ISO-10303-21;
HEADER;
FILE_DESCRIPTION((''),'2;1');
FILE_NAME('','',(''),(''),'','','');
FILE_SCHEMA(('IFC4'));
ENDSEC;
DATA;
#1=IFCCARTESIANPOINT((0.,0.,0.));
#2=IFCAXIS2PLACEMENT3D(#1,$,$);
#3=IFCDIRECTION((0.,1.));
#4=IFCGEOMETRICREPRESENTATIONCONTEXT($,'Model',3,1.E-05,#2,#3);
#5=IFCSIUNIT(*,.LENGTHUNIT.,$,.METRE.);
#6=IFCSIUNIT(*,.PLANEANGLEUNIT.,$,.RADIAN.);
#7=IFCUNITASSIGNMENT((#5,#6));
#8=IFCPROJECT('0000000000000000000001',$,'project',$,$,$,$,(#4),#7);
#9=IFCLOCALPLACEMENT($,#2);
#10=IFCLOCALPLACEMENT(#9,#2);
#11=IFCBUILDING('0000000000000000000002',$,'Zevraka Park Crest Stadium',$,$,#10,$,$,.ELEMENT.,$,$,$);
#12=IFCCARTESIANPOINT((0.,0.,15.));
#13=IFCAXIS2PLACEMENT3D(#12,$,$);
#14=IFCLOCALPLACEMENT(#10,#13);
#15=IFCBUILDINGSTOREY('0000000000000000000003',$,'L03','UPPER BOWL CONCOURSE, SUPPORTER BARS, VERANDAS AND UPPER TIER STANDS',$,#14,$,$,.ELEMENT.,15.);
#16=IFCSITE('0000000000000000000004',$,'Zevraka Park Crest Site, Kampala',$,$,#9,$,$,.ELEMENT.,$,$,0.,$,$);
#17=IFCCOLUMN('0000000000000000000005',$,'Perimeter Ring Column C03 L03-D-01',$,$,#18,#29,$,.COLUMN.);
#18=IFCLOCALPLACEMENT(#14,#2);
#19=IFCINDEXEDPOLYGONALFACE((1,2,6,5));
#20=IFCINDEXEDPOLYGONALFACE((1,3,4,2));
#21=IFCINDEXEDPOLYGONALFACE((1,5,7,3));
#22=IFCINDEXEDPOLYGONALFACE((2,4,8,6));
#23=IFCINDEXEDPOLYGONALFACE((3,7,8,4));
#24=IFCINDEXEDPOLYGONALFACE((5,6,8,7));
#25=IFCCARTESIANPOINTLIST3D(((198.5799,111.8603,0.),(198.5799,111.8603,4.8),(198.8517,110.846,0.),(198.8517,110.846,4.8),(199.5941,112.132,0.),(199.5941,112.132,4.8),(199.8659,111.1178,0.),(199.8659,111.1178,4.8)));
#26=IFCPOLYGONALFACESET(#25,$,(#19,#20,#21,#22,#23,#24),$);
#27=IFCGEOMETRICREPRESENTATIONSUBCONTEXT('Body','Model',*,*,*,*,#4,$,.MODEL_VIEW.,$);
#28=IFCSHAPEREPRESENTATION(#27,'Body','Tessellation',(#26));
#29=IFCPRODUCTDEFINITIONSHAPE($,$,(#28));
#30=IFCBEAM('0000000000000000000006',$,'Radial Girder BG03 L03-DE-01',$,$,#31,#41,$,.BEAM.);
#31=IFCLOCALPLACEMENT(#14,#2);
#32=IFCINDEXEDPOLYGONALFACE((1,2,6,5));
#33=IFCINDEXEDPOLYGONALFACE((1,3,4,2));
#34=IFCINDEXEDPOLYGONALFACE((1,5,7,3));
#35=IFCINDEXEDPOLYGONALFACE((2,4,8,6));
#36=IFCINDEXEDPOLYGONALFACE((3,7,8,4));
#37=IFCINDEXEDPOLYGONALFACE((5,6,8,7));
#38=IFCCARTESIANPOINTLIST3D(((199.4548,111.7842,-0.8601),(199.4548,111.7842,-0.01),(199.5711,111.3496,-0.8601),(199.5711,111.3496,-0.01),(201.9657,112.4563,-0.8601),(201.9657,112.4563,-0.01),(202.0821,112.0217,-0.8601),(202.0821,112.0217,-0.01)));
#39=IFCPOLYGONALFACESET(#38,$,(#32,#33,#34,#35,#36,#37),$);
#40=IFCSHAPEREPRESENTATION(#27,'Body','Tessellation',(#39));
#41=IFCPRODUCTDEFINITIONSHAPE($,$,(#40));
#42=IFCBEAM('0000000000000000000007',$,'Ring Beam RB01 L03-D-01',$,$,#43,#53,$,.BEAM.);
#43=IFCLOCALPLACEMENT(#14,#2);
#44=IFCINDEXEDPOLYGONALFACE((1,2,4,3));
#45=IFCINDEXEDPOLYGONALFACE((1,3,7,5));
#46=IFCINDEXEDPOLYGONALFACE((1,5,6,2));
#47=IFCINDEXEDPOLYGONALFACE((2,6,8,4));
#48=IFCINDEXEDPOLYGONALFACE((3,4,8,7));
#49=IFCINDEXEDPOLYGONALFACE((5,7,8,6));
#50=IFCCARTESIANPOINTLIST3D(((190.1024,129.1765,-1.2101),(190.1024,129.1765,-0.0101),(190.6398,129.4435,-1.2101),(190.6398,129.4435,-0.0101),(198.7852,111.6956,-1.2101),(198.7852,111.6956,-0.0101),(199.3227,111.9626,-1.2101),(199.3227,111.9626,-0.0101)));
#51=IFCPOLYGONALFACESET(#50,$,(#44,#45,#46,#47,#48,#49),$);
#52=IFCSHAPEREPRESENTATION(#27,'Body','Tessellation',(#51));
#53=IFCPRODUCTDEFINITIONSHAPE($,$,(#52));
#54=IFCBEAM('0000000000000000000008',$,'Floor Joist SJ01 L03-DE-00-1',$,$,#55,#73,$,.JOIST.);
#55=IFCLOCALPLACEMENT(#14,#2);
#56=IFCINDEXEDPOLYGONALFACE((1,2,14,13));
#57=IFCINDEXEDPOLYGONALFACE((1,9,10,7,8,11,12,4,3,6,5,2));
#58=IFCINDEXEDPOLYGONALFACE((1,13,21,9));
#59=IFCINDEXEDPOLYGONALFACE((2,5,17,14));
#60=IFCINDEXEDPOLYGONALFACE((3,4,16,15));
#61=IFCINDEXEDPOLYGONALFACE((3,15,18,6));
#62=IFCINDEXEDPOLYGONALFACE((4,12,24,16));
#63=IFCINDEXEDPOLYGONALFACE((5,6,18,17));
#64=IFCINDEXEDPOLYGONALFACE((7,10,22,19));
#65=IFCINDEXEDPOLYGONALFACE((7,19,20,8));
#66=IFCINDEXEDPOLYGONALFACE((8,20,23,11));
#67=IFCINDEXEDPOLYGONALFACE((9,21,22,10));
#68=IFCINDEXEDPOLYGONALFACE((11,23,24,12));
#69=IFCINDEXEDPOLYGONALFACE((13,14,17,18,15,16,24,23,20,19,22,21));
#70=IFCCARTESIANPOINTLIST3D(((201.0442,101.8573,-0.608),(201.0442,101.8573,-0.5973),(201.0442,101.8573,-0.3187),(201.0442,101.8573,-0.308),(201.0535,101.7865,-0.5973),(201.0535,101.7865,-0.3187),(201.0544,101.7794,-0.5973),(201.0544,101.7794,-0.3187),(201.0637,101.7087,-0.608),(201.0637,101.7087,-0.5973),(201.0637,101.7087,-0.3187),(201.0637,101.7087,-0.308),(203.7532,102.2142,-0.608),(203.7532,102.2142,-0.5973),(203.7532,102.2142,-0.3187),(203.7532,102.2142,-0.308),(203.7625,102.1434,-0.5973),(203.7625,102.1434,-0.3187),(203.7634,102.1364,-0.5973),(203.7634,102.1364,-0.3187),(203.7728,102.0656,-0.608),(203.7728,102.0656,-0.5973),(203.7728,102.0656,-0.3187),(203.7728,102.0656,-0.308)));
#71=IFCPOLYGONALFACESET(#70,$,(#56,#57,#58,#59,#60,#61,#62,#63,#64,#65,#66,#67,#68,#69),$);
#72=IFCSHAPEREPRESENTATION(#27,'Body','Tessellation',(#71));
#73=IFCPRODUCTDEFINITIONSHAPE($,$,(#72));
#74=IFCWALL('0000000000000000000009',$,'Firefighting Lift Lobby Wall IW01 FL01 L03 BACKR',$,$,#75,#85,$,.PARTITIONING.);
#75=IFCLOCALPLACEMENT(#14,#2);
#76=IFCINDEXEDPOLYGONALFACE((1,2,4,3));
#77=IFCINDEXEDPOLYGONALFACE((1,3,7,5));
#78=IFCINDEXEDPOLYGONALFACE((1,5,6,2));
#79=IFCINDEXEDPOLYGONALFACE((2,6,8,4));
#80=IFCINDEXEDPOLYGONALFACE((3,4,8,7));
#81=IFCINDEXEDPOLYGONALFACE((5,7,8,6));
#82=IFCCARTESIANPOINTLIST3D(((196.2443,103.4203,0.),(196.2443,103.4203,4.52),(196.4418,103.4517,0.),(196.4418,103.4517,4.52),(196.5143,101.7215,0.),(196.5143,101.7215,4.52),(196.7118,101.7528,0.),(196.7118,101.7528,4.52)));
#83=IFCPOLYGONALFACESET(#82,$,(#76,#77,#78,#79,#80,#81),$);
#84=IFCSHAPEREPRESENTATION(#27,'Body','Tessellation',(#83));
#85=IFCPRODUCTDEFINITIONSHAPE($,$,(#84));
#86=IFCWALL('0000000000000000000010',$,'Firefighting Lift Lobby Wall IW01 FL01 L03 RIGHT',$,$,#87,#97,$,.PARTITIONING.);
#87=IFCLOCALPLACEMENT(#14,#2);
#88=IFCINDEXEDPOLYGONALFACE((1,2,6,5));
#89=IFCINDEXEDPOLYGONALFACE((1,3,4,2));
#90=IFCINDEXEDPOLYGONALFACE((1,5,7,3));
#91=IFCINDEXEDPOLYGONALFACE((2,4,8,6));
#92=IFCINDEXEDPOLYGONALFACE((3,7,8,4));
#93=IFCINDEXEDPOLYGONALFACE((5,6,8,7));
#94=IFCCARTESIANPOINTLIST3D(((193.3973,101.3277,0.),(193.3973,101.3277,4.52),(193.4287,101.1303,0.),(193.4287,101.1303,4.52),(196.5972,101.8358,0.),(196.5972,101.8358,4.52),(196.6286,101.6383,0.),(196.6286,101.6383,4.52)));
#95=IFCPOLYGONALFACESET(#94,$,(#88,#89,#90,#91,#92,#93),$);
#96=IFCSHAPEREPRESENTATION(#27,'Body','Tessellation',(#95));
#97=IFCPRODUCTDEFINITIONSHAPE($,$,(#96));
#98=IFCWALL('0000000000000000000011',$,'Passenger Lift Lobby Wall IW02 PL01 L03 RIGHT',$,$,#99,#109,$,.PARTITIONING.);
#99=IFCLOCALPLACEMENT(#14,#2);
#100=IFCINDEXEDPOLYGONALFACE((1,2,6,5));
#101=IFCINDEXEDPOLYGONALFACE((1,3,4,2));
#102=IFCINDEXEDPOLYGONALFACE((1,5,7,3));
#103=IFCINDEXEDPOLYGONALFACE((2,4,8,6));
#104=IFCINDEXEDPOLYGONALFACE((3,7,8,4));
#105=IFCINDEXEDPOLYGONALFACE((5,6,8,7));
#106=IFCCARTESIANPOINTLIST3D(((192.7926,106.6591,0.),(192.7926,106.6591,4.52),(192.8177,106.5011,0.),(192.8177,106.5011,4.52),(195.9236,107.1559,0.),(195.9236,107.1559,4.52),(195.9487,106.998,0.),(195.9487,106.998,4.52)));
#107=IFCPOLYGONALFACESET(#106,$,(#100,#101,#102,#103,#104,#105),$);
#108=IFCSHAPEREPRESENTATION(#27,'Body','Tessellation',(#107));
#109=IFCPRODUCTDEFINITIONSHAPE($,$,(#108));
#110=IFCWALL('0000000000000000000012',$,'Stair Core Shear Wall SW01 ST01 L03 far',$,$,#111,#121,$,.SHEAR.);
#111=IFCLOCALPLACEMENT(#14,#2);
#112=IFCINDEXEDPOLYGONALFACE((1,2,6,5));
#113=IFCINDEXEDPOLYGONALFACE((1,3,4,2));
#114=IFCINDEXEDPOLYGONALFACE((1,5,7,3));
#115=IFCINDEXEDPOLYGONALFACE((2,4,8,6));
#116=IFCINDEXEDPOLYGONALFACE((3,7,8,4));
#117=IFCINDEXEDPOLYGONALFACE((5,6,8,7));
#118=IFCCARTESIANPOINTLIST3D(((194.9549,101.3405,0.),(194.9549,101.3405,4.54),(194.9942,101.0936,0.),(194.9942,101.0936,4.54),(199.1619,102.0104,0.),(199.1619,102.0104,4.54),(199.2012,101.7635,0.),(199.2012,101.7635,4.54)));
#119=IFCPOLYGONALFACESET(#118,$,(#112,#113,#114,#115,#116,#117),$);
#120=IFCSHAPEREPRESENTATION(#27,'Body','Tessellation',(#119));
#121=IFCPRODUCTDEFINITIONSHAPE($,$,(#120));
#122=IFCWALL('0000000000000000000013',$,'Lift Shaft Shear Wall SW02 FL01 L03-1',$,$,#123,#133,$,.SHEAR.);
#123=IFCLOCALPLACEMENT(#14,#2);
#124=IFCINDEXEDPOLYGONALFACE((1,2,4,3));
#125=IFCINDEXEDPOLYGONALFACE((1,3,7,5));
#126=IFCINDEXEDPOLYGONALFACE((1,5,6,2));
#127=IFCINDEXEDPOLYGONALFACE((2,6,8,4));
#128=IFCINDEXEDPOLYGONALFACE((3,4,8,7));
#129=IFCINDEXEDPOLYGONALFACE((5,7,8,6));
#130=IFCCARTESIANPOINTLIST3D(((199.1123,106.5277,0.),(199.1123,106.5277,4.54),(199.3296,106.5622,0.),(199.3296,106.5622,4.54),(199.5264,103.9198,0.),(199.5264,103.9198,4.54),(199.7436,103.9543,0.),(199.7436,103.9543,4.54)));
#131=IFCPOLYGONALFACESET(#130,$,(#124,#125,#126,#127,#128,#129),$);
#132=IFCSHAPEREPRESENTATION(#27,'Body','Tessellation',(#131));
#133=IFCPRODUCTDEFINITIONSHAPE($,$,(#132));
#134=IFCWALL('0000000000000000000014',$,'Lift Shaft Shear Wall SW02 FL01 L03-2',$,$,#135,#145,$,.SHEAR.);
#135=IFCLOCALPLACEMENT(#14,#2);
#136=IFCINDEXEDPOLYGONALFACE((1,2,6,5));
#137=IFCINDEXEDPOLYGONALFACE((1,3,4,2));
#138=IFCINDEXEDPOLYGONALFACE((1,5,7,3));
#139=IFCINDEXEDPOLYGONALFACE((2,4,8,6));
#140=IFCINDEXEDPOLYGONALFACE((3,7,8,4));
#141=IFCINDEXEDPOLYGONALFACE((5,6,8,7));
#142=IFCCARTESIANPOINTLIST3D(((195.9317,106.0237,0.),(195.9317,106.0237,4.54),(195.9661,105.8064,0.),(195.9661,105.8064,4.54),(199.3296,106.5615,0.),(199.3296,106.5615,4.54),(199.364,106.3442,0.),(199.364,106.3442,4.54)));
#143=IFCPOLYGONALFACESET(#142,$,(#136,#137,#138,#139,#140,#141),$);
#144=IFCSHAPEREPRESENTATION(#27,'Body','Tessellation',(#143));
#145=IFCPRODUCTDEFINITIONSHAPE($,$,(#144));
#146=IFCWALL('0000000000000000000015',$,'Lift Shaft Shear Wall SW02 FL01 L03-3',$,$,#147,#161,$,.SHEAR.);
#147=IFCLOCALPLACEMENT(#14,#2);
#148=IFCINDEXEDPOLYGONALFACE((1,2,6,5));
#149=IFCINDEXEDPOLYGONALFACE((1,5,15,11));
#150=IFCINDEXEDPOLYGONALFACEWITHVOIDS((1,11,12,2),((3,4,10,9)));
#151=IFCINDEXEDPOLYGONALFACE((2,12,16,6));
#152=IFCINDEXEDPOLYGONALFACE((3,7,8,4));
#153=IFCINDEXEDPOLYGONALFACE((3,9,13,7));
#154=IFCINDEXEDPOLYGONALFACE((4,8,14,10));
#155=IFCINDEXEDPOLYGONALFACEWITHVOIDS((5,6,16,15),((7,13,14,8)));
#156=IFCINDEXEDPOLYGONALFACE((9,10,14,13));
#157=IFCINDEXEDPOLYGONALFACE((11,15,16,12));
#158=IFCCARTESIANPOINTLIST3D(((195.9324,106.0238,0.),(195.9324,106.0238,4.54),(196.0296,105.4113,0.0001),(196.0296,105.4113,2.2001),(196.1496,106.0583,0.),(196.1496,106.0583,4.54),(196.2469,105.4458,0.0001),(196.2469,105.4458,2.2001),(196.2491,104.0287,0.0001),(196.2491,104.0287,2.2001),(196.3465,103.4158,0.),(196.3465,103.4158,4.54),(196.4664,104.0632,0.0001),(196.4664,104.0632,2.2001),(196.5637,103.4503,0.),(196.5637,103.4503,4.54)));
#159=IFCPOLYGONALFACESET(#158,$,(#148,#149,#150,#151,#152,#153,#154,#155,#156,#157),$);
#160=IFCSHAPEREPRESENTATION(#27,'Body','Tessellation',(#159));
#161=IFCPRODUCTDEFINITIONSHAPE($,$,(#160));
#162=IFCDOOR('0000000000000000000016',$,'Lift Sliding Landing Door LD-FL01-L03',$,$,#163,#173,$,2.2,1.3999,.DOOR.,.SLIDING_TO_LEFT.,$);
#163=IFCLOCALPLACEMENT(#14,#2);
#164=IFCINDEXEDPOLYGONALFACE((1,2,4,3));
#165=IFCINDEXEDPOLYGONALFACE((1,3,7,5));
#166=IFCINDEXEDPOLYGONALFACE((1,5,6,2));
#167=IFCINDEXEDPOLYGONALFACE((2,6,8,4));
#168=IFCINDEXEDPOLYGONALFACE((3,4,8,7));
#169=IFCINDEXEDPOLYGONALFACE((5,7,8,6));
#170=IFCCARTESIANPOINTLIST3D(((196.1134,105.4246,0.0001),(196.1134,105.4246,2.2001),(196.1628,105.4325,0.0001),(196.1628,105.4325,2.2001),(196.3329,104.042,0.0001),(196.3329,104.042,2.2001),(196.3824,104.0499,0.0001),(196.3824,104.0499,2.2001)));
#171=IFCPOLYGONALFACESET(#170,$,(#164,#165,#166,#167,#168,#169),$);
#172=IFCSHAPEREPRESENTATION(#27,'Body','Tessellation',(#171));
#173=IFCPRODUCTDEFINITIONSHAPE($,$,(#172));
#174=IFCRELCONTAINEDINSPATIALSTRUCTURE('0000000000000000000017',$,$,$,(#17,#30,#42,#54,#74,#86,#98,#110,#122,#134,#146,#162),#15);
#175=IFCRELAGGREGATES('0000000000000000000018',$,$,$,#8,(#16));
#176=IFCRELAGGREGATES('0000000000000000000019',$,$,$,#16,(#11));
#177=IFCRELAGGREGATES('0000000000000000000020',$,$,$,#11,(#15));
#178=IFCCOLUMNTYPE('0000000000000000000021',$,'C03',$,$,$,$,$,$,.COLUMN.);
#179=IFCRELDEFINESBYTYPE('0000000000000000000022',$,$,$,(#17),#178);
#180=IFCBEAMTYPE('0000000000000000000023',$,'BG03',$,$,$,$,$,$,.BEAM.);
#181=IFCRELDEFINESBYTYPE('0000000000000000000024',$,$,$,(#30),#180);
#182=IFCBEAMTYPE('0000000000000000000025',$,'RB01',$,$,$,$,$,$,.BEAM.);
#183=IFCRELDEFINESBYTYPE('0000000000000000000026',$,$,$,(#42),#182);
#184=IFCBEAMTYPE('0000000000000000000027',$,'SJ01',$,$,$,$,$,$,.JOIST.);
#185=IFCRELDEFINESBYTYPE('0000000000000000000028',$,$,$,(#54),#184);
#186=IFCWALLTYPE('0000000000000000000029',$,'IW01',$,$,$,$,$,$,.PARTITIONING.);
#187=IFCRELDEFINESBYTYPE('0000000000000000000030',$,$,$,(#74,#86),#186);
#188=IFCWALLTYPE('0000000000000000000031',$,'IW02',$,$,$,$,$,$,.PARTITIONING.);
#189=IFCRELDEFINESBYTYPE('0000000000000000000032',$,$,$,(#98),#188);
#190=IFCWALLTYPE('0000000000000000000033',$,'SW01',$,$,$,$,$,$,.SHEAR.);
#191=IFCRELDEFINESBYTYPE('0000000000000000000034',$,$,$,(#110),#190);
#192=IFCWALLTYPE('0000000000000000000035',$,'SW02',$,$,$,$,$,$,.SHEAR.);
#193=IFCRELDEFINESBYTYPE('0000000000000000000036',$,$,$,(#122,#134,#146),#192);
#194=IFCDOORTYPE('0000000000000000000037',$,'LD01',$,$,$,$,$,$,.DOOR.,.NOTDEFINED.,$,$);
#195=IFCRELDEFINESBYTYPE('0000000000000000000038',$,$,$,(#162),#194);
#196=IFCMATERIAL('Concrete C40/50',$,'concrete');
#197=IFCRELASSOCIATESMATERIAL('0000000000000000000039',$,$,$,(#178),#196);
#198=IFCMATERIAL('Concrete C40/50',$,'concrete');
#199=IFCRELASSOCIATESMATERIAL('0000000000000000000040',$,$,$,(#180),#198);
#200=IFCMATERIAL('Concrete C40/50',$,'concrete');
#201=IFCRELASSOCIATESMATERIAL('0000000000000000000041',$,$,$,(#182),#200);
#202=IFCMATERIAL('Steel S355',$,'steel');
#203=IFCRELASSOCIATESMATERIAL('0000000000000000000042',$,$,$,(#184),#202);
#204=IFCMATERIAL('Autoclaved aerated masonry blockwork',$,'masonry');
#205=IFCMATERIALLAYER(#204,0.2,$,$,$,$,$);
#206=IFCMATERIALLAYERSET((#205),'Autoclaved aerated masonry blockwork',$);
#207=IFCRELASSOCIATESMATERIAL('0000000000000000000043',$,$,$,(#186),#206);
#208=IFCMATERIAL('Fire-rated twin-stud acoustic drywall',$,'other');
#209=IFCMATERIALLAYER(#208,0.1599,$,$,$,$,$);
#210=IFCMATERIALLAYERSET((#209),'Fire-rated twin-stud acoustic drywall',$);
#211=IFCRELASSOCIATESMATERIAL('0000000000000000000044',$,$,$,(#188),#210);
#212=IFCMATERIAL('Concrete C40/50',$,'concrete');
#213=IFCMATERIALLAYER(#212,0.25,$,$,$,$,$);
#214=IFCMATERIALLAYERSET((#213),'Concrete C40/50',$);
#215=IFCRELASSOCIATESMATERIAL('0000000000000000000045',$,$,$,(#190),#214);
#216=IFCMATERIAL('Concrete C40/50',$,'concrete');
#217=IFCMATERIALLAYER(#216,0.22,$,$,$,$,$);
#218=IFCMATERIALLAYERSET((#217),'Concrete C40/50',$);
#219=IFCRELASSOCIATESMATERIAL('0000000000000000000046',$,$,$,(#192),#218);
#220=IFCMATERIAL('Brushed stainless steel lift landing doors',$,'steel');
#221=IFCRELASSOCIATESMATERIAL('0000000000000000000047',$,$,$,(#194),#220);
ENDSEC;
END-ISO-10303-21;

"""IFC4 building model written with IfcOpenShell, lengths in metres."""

from ifc_helpers import new_model, si_unit, direction, frame, frame_2d, origin, origin_2d, place, context, subcontext, project, spatial, rectangle, i_section, extrude, material, layer, layer_set, material_profile, profile_set, type_object, element, fill, save


model = new_model("IFC4")

# Units and contexts
model_context = context("Model", 3, precision=1e-05, world=origin(), true_north=direction((0.0, 1.0)))
body_context = subcontext(model_context, "Body", "Model", "MODEL_VIEW")
ifc_project = project(units=[si_unit("LENGTHUNIT", "METRE"), si_unit("PLANEANGLEUNIT", "RADIAN")], contexts=[model_context])

# Site, building, storey
site_placement = place(None, origin())
site = spatial("IfcSite", under=ifc_project, at=site_placement, Name="Zevraka Park Crest Site, Kampala", CompositionType="ELEMENT", RefElevation=0.0)
building_placement = place(site_placement, origin())
building = spatial("IfcBuilding", under=site, at=building_placement, Name="Zevraka Park Crest Stadium", CompositionType="ELEMENT")
storey_placement = place(building_placement, frame((0.0, 0.0, 15.0)))
storey = spatial("IfcBuildingStorey", under=building, at=storey_placement, Name="L03", Description="UPPER BOWL CONCOURSE, SUPPORTER BARS, VERANDAS AND UPPER TIER STANDS", CompositionType="ELEMENT", Elevation=15.0)

# Column
ifc_material_1 = material(Name="Concrete C40/50", Category="concrete")
ifc_material_profile_1 = material_profile(ifc_material_1, rectangle(XDim=1.05, YDim=1.05, at=origin_2d()), Name="RC 1050x1050")
ifc_profile_set_1 = profile_set([ifc_material_profile_1], Name="Concrete C40/50")
column_type = type_object("IfcColumnType", Name="C03", PredefinedType="COLUMN", material=ifc_profile_set_1)
column_placement = place(storey_placement, frame((199.2229, 111.489, 0.0), z_axis=(0.0, 0.0, 1.0), x_axis=(0.965926, 0.258819, 0.0)))
element("IfcColumn", 1, at=column_placement, inside=storey, type_object=column_type, Name="Perimeter Ring Column C03 L03-D-01", PredefinedType="COLUMN", context=body_context, shape_type="SweptSolid", body=[
    extrude(rectangle(XDim=1.05, YDim=1.05, at=origin_2d()), origin(), (0.0, 0.0, 1.0), 4.8),
])

# Beams
ifc_material_2 = material(Name="Concrete C40/50", Category="concrete")
ifc_material_profile_2 = material_profile(ifc_material_2, rectangle(XDim=0.45, YDim=0.8501, at=origin_2d()), Name="RC 850x450")
ifc_profile_set_2 = profile_set([ifc_material_profile_2], Name="Concrete C40/50")
beam_type_1 = type_object("IfcBeamType", Name="BG03", PredefinedType="BEAM", material=ifc_profile_set_2)
beam_1_placement = place(storey_placement, frame((199.5129, 111.5669, -0.4351), z_axis=(0.965993, 0.258569, 0.0), x_axis=(-0.258569, 0.965993, 0.0)))
element("IfcBeam", 2, at=beam_1_placement, inside=storey, type_object=beam_type_1, Name="Radial Girder BG03 L03-DE-01", PredefinedType="BEAM", context=body_context, shape_type="SweptSolid", body=[
    extrude(rectangle(XDim=0.45, YDim=0.8501, at=origin_2d()), origin(), (0.0, 0.0, 1.0), 2.5994),
])
ifc_material_3 = material(Name="Concrete C40/50", Category="concrete")
ifc_material_profile_3 = material_profile(ifc_material_3, rectangle(XDim=0.6001, YDim=1.2, at=origin_2d()), Name="RC 1200x600")
ifc_profile_set_3 = profile_set([ifc_material_profile_3], Name="Concrete C40/50")
beam_type_2 = type_object("IfcBeamType", Name="RB01", PredefinedType="BEAM", material=ifc_profile_set_3)
beam_2_placement = place(storey_placement, frame((199.054, 111.8291, -0.6101), z_axis=(-0.444851, 0.895605, 0.0), x_axis=(-0.895605, -0.444851, 0.0)))
element("IfcBeam", 3, at=beam_2_placement, inside=storey, type_object=beam_type_2, Name="Ring Beam RB01 L03-D-01", PredefinedType="BEAM", context=body_context, shape_type="SweptSolid", body=[
    extrude(rectangle(XDim=0.6001, YDim=1.2, at=origin_2d()), origin(), (0.0, 0.0, 1.0), 19.5186),
])
ifc_material_4 = material(Name="Steel S355", Category="steel")
ifc_material_profile_4 = material_profile(ifc_material_4, i_section(OverallWidth=0.1499, OverallDepth=0.3, WebThickness=0.0071, FlangeThickness=0.0107, at=origin_2d()), Name="IPE 300")
ifc_profile_set_4 = profile_set([ifc_material_profile_4], Name="Steel S355")
beam_type_3 = type_object("IfcBeamType", Name="SJ01", PredefinedType="JOIST", material=ifc_profile_set_4)
beam_3_placement = place(storey_placement, frame((201.054, 101.783, -0.458), z_axis=(0.991431, 0.13063, 0.0), x_axis=(-0.13063, 0.991431, 0.0)))
element("IfcBeam", 4, at=beam_3_placement, inside=storey, type_object=beam_type_3, Name="Floor Joist SJ01 L03-DE-00-1", PredefinedType="JOIST", context=body_context, shape_type="SweptSolid", body=[
    extrude(i_section(OverallWidth=0.1499, OverallDepth=0.3, WebThickness=0.0071, FlangeThickness=0.0107, at=origin_2d()), origin(), (0.0, 0.0, 1.0), 2.7324),
])

# Walls
ifc_material_5 = material(Name="Autoclaved aerated masonry blockwork", Category="masonry")
ifc_layer_1 = layer(ifc_material_5, 0.2)
ifc_layer_set_1 = layer_set([ifc_layer_1], Name="Autoclaved aerated masonry blockwork")
wall_type_1 = type_object("IfcWallType", Name="IW01", PredefinedType="PARTITIONING", material=ifc_layer_set_1)
wall_1_placement = place(storey_placement, frame((196.343, 103.436, 0.0), z_axis=(0.0, 0.0, 1.0), x_axis=(0.156961, -0.987605, 0.0)))
element("IfcWall", 5, at=wall_1_placement, inside=storey, type_object=wall_type_1, Name="Firefighting Lift Lobby Wall IW01 FL01 L03 BACKR", PredefinedType="PARTITIONING", context=body_context, shape_type="SweptSolid", body=[
    extrude(rectangle(XDim=1.7202, YDim=0.2, at=frame_2d((0.8601, 0.0))), origin(), (0.0, 0.0, 1.0), 4.52),
])
wall_2_placement = place(storey_placement, frame((196.613, 101.7371, 0.0), z_axis=(0.0, 0.0, 1.0), x_axis=(-0.987629, -0.156806, 0.0)))
element("IfcWall", 6, at=wall_2_placement, inside=storey, type_object=wall_type_1, Name="Firefighting Lift Lobby Wall IW01 FL01 L03 RIGHT", PredefinedType="PARTITIONING", context=body_context, shape_type="SweptSolid", body=[
    extrude(rectangle(XDim=3.24, YDim=0.2, at=frame_2d((1.6201, 0.0))), origin(), (0.0, 0.0, 1.0), 4.52),
])
ifc_material_6 = material(Name="Fire-rated twin-stud acoustic drywall", Category="other")
ifc_layer_2 = layer(ifc_material_6, 0.1599)
ifc_layer_set_2 = layer_set([ifc_layer_2], Name="Fire-rated twin-stud acoustic drywall")
wall_type_2 = type_object("IfcWallType", Name="IW02", PredefinedType="PARTITIONING", material=ifc_layer_set_2)
wall_3_placement = place(storey_placement, frame((195.936, 107.0769, 0.0), z_axis=(0.0, 0.0, 1.0), x_axis=(-0.987644, -0.156714, 0.0)))
element("IfcWall", 7, at=wall_3_placement, inside=storey, type_object=wall_type_2, Name="Passenger Lift Lobby Wall IW02 PL01 L03 RIGHT", PredefinedType="PARTITIONING", context=body_context, shape_type="SweptSolid", body=[
    extrude(rectangle(XDim=3.1702, YDim=0.1599, at=frame_2d((1.585, 0.0))), origin(), (0.0, 0.0, 1.0), 4.52),
])
ifc_material_7 = material(Name="Concrete C40/50", Category="concrete")
ifc_layer_3 = layer(ifc_material_7, 0.25)
ifc_layer_set_3 = layer_set([ifc_layer_3], Name="Concrete C40/50")
wall_type_3 = type_object("IfcWallType", Name="SW01", PredefinedType="SHEAR", material=ifc_layer_set_3)
wall_4_placement = place(storey_placement, frame((199.1814, 101.887, 0.0), z_axis=(0.0, 0.0, 1.0), x_axis=(-0.987558, -0.157257, 0.0)))
element("IfcWall", 8, at=wall_4_placement, inside=storey, type_object=wall_type_3, Name="Stair Core Shear Wall SW01 ST01 L03 far", PredefinedType="SHEAR", context=body_context, shape_type="SweptSolid", body=[
    extrude(rectangle(XDim=4.26, YDim=0.25, at=frame_2d((2.1299, 0.0))), origin(), (0.0, 0.0, 1.0), 4.54),
])
ifc_material_8 = material(Name="Concrete C40/50", Category="concrete")
ifc_layer_4 = layer(ifc_material_8, 0.22)
ifc_layer_set_4 = layer_set([ifc_layer_4], Name="Concrete C40/50")
wall_type_4 = type_object("IfcWallType", Name="SW02", PredefinedType="SHEAR", material=ifc_layer_set_4)
wall_5_placement = place(storey_placement, frame((199.635, 103.937, 0.0), z_axis=(0.0, 0.0, 1.0), x_axis=(-0.156808, 0.987629, 0.0)))
element("IfcWall", 9, at=wall_5_placement, inside=storey, type_object=wall_type_4, Name="Lift Shaft Shear Wall SW02 FL01 L03-1", PredefinedType="SHEAR", context=body_context, shape_type="SweptSolid", body=[
    extrude(rectangle(XDim=2.6406, YDim=0.22, at=frame_2d((1.3203, 0.0))), origin(), (0.0, 0.0, 1.0), 4.54),
])
wall_6_placement = place(storey_placement, frame((199.3469, 106.4529, 0.0), z_axis=(0.0, 0.0, 1.0), x_axis=(-0.987704, -0.156338, 0.0)))
element("IfcWall", 10, at=wall_6_placement, inside=storey, type_object=wall_type_4, Name="Lift Shaft Shear Wall SW02 FL01 L03-2", PredefinedType="SHEAR", context=body_context, shape_type="SweptSolid", body=[
    extrude(rectangle(XDim=3.4402, YDim=0.22, at=frame_2d((1.7202, 0.0))), origin(), (0.0, 0.0, 1.0), 4.54),
])

# Wall, opening, door
wall_7_placement = place(storey_placement, frame((196.041, 106.041, 0.0), z_axis=(0.0, 0.0, 1.0), x_axis=(0.156808, -0.987629, 0.0)))
wall_7 = element("IfcWall", 11, at=wall_7_placement, inside=storey, type_object=wall_type_4, Name="Lift Shaft Shear Wall SW02 FL01 L03-3", PredefinedType="SHEAR", context=body_context, shape_type="SweptSolid", body=[
    extrude(rectangle(XDim=2.6406, YDim=0.22, at=frame_2d((1.3203, 0.0))), origin(), (0.0, 0.0, 1.0), 4.54),
])
opening_placement = place(wall_7_placement, frame((0.6201, 0.0, 0.0)))
opening = element("IfcOpeningElement", 12, at=opening_placement, cuts=wall_7, PredefinedType="OPENING", context=body_context, shape_type="SweptSolid", body=[
    extrude(rectangle(XDim=1.3999, YDim=2.2, at=frame_2d((0.7, 1.1001))), frame((0.0, 0.1199, 0.0), z_axis=(0.0, -1.0, 0.0), x_axis=(1.0, 0.0, 0.0)), (0.0, 0.0, 1.0), 0.24),
])
ifc_material_9 = material(Name="Brushed stainless steel lift landing doors", Category="steel")
door_type = type_object("IfcDoorType", Name="LD01", OperationType="NOTDEFINED", PredefinedType="DOOR", material=ifc_material_9)
door_placement = place(opening_placement, origin())
door = element("IfcDoor", 13, at=door_placement, inside=storey, type_object=door_type, Name="Lift Sliding Landing Door LD-FL01-L03", OperationType="SLIDING_TO_LEFT", OverallHeight=2.2, OverallWidth=1.3999, PredefinedType="DOOR", context=body_context, shape_type="SweptSolid", body=[
    extrude(rectangle(XDim=1.3999, YDim=2.2, at=frame_2d((0.7, 1.1001))), frame((0.0, 0.0249, 0.0), z_axis=(0.0, -1.0, 0.0), x_axis=(1.0, 0.0, 0.0)), (0.0, 0.0, 1.0), 0.05),
])
fill(opening, door)

save(model, "model.ifc")
